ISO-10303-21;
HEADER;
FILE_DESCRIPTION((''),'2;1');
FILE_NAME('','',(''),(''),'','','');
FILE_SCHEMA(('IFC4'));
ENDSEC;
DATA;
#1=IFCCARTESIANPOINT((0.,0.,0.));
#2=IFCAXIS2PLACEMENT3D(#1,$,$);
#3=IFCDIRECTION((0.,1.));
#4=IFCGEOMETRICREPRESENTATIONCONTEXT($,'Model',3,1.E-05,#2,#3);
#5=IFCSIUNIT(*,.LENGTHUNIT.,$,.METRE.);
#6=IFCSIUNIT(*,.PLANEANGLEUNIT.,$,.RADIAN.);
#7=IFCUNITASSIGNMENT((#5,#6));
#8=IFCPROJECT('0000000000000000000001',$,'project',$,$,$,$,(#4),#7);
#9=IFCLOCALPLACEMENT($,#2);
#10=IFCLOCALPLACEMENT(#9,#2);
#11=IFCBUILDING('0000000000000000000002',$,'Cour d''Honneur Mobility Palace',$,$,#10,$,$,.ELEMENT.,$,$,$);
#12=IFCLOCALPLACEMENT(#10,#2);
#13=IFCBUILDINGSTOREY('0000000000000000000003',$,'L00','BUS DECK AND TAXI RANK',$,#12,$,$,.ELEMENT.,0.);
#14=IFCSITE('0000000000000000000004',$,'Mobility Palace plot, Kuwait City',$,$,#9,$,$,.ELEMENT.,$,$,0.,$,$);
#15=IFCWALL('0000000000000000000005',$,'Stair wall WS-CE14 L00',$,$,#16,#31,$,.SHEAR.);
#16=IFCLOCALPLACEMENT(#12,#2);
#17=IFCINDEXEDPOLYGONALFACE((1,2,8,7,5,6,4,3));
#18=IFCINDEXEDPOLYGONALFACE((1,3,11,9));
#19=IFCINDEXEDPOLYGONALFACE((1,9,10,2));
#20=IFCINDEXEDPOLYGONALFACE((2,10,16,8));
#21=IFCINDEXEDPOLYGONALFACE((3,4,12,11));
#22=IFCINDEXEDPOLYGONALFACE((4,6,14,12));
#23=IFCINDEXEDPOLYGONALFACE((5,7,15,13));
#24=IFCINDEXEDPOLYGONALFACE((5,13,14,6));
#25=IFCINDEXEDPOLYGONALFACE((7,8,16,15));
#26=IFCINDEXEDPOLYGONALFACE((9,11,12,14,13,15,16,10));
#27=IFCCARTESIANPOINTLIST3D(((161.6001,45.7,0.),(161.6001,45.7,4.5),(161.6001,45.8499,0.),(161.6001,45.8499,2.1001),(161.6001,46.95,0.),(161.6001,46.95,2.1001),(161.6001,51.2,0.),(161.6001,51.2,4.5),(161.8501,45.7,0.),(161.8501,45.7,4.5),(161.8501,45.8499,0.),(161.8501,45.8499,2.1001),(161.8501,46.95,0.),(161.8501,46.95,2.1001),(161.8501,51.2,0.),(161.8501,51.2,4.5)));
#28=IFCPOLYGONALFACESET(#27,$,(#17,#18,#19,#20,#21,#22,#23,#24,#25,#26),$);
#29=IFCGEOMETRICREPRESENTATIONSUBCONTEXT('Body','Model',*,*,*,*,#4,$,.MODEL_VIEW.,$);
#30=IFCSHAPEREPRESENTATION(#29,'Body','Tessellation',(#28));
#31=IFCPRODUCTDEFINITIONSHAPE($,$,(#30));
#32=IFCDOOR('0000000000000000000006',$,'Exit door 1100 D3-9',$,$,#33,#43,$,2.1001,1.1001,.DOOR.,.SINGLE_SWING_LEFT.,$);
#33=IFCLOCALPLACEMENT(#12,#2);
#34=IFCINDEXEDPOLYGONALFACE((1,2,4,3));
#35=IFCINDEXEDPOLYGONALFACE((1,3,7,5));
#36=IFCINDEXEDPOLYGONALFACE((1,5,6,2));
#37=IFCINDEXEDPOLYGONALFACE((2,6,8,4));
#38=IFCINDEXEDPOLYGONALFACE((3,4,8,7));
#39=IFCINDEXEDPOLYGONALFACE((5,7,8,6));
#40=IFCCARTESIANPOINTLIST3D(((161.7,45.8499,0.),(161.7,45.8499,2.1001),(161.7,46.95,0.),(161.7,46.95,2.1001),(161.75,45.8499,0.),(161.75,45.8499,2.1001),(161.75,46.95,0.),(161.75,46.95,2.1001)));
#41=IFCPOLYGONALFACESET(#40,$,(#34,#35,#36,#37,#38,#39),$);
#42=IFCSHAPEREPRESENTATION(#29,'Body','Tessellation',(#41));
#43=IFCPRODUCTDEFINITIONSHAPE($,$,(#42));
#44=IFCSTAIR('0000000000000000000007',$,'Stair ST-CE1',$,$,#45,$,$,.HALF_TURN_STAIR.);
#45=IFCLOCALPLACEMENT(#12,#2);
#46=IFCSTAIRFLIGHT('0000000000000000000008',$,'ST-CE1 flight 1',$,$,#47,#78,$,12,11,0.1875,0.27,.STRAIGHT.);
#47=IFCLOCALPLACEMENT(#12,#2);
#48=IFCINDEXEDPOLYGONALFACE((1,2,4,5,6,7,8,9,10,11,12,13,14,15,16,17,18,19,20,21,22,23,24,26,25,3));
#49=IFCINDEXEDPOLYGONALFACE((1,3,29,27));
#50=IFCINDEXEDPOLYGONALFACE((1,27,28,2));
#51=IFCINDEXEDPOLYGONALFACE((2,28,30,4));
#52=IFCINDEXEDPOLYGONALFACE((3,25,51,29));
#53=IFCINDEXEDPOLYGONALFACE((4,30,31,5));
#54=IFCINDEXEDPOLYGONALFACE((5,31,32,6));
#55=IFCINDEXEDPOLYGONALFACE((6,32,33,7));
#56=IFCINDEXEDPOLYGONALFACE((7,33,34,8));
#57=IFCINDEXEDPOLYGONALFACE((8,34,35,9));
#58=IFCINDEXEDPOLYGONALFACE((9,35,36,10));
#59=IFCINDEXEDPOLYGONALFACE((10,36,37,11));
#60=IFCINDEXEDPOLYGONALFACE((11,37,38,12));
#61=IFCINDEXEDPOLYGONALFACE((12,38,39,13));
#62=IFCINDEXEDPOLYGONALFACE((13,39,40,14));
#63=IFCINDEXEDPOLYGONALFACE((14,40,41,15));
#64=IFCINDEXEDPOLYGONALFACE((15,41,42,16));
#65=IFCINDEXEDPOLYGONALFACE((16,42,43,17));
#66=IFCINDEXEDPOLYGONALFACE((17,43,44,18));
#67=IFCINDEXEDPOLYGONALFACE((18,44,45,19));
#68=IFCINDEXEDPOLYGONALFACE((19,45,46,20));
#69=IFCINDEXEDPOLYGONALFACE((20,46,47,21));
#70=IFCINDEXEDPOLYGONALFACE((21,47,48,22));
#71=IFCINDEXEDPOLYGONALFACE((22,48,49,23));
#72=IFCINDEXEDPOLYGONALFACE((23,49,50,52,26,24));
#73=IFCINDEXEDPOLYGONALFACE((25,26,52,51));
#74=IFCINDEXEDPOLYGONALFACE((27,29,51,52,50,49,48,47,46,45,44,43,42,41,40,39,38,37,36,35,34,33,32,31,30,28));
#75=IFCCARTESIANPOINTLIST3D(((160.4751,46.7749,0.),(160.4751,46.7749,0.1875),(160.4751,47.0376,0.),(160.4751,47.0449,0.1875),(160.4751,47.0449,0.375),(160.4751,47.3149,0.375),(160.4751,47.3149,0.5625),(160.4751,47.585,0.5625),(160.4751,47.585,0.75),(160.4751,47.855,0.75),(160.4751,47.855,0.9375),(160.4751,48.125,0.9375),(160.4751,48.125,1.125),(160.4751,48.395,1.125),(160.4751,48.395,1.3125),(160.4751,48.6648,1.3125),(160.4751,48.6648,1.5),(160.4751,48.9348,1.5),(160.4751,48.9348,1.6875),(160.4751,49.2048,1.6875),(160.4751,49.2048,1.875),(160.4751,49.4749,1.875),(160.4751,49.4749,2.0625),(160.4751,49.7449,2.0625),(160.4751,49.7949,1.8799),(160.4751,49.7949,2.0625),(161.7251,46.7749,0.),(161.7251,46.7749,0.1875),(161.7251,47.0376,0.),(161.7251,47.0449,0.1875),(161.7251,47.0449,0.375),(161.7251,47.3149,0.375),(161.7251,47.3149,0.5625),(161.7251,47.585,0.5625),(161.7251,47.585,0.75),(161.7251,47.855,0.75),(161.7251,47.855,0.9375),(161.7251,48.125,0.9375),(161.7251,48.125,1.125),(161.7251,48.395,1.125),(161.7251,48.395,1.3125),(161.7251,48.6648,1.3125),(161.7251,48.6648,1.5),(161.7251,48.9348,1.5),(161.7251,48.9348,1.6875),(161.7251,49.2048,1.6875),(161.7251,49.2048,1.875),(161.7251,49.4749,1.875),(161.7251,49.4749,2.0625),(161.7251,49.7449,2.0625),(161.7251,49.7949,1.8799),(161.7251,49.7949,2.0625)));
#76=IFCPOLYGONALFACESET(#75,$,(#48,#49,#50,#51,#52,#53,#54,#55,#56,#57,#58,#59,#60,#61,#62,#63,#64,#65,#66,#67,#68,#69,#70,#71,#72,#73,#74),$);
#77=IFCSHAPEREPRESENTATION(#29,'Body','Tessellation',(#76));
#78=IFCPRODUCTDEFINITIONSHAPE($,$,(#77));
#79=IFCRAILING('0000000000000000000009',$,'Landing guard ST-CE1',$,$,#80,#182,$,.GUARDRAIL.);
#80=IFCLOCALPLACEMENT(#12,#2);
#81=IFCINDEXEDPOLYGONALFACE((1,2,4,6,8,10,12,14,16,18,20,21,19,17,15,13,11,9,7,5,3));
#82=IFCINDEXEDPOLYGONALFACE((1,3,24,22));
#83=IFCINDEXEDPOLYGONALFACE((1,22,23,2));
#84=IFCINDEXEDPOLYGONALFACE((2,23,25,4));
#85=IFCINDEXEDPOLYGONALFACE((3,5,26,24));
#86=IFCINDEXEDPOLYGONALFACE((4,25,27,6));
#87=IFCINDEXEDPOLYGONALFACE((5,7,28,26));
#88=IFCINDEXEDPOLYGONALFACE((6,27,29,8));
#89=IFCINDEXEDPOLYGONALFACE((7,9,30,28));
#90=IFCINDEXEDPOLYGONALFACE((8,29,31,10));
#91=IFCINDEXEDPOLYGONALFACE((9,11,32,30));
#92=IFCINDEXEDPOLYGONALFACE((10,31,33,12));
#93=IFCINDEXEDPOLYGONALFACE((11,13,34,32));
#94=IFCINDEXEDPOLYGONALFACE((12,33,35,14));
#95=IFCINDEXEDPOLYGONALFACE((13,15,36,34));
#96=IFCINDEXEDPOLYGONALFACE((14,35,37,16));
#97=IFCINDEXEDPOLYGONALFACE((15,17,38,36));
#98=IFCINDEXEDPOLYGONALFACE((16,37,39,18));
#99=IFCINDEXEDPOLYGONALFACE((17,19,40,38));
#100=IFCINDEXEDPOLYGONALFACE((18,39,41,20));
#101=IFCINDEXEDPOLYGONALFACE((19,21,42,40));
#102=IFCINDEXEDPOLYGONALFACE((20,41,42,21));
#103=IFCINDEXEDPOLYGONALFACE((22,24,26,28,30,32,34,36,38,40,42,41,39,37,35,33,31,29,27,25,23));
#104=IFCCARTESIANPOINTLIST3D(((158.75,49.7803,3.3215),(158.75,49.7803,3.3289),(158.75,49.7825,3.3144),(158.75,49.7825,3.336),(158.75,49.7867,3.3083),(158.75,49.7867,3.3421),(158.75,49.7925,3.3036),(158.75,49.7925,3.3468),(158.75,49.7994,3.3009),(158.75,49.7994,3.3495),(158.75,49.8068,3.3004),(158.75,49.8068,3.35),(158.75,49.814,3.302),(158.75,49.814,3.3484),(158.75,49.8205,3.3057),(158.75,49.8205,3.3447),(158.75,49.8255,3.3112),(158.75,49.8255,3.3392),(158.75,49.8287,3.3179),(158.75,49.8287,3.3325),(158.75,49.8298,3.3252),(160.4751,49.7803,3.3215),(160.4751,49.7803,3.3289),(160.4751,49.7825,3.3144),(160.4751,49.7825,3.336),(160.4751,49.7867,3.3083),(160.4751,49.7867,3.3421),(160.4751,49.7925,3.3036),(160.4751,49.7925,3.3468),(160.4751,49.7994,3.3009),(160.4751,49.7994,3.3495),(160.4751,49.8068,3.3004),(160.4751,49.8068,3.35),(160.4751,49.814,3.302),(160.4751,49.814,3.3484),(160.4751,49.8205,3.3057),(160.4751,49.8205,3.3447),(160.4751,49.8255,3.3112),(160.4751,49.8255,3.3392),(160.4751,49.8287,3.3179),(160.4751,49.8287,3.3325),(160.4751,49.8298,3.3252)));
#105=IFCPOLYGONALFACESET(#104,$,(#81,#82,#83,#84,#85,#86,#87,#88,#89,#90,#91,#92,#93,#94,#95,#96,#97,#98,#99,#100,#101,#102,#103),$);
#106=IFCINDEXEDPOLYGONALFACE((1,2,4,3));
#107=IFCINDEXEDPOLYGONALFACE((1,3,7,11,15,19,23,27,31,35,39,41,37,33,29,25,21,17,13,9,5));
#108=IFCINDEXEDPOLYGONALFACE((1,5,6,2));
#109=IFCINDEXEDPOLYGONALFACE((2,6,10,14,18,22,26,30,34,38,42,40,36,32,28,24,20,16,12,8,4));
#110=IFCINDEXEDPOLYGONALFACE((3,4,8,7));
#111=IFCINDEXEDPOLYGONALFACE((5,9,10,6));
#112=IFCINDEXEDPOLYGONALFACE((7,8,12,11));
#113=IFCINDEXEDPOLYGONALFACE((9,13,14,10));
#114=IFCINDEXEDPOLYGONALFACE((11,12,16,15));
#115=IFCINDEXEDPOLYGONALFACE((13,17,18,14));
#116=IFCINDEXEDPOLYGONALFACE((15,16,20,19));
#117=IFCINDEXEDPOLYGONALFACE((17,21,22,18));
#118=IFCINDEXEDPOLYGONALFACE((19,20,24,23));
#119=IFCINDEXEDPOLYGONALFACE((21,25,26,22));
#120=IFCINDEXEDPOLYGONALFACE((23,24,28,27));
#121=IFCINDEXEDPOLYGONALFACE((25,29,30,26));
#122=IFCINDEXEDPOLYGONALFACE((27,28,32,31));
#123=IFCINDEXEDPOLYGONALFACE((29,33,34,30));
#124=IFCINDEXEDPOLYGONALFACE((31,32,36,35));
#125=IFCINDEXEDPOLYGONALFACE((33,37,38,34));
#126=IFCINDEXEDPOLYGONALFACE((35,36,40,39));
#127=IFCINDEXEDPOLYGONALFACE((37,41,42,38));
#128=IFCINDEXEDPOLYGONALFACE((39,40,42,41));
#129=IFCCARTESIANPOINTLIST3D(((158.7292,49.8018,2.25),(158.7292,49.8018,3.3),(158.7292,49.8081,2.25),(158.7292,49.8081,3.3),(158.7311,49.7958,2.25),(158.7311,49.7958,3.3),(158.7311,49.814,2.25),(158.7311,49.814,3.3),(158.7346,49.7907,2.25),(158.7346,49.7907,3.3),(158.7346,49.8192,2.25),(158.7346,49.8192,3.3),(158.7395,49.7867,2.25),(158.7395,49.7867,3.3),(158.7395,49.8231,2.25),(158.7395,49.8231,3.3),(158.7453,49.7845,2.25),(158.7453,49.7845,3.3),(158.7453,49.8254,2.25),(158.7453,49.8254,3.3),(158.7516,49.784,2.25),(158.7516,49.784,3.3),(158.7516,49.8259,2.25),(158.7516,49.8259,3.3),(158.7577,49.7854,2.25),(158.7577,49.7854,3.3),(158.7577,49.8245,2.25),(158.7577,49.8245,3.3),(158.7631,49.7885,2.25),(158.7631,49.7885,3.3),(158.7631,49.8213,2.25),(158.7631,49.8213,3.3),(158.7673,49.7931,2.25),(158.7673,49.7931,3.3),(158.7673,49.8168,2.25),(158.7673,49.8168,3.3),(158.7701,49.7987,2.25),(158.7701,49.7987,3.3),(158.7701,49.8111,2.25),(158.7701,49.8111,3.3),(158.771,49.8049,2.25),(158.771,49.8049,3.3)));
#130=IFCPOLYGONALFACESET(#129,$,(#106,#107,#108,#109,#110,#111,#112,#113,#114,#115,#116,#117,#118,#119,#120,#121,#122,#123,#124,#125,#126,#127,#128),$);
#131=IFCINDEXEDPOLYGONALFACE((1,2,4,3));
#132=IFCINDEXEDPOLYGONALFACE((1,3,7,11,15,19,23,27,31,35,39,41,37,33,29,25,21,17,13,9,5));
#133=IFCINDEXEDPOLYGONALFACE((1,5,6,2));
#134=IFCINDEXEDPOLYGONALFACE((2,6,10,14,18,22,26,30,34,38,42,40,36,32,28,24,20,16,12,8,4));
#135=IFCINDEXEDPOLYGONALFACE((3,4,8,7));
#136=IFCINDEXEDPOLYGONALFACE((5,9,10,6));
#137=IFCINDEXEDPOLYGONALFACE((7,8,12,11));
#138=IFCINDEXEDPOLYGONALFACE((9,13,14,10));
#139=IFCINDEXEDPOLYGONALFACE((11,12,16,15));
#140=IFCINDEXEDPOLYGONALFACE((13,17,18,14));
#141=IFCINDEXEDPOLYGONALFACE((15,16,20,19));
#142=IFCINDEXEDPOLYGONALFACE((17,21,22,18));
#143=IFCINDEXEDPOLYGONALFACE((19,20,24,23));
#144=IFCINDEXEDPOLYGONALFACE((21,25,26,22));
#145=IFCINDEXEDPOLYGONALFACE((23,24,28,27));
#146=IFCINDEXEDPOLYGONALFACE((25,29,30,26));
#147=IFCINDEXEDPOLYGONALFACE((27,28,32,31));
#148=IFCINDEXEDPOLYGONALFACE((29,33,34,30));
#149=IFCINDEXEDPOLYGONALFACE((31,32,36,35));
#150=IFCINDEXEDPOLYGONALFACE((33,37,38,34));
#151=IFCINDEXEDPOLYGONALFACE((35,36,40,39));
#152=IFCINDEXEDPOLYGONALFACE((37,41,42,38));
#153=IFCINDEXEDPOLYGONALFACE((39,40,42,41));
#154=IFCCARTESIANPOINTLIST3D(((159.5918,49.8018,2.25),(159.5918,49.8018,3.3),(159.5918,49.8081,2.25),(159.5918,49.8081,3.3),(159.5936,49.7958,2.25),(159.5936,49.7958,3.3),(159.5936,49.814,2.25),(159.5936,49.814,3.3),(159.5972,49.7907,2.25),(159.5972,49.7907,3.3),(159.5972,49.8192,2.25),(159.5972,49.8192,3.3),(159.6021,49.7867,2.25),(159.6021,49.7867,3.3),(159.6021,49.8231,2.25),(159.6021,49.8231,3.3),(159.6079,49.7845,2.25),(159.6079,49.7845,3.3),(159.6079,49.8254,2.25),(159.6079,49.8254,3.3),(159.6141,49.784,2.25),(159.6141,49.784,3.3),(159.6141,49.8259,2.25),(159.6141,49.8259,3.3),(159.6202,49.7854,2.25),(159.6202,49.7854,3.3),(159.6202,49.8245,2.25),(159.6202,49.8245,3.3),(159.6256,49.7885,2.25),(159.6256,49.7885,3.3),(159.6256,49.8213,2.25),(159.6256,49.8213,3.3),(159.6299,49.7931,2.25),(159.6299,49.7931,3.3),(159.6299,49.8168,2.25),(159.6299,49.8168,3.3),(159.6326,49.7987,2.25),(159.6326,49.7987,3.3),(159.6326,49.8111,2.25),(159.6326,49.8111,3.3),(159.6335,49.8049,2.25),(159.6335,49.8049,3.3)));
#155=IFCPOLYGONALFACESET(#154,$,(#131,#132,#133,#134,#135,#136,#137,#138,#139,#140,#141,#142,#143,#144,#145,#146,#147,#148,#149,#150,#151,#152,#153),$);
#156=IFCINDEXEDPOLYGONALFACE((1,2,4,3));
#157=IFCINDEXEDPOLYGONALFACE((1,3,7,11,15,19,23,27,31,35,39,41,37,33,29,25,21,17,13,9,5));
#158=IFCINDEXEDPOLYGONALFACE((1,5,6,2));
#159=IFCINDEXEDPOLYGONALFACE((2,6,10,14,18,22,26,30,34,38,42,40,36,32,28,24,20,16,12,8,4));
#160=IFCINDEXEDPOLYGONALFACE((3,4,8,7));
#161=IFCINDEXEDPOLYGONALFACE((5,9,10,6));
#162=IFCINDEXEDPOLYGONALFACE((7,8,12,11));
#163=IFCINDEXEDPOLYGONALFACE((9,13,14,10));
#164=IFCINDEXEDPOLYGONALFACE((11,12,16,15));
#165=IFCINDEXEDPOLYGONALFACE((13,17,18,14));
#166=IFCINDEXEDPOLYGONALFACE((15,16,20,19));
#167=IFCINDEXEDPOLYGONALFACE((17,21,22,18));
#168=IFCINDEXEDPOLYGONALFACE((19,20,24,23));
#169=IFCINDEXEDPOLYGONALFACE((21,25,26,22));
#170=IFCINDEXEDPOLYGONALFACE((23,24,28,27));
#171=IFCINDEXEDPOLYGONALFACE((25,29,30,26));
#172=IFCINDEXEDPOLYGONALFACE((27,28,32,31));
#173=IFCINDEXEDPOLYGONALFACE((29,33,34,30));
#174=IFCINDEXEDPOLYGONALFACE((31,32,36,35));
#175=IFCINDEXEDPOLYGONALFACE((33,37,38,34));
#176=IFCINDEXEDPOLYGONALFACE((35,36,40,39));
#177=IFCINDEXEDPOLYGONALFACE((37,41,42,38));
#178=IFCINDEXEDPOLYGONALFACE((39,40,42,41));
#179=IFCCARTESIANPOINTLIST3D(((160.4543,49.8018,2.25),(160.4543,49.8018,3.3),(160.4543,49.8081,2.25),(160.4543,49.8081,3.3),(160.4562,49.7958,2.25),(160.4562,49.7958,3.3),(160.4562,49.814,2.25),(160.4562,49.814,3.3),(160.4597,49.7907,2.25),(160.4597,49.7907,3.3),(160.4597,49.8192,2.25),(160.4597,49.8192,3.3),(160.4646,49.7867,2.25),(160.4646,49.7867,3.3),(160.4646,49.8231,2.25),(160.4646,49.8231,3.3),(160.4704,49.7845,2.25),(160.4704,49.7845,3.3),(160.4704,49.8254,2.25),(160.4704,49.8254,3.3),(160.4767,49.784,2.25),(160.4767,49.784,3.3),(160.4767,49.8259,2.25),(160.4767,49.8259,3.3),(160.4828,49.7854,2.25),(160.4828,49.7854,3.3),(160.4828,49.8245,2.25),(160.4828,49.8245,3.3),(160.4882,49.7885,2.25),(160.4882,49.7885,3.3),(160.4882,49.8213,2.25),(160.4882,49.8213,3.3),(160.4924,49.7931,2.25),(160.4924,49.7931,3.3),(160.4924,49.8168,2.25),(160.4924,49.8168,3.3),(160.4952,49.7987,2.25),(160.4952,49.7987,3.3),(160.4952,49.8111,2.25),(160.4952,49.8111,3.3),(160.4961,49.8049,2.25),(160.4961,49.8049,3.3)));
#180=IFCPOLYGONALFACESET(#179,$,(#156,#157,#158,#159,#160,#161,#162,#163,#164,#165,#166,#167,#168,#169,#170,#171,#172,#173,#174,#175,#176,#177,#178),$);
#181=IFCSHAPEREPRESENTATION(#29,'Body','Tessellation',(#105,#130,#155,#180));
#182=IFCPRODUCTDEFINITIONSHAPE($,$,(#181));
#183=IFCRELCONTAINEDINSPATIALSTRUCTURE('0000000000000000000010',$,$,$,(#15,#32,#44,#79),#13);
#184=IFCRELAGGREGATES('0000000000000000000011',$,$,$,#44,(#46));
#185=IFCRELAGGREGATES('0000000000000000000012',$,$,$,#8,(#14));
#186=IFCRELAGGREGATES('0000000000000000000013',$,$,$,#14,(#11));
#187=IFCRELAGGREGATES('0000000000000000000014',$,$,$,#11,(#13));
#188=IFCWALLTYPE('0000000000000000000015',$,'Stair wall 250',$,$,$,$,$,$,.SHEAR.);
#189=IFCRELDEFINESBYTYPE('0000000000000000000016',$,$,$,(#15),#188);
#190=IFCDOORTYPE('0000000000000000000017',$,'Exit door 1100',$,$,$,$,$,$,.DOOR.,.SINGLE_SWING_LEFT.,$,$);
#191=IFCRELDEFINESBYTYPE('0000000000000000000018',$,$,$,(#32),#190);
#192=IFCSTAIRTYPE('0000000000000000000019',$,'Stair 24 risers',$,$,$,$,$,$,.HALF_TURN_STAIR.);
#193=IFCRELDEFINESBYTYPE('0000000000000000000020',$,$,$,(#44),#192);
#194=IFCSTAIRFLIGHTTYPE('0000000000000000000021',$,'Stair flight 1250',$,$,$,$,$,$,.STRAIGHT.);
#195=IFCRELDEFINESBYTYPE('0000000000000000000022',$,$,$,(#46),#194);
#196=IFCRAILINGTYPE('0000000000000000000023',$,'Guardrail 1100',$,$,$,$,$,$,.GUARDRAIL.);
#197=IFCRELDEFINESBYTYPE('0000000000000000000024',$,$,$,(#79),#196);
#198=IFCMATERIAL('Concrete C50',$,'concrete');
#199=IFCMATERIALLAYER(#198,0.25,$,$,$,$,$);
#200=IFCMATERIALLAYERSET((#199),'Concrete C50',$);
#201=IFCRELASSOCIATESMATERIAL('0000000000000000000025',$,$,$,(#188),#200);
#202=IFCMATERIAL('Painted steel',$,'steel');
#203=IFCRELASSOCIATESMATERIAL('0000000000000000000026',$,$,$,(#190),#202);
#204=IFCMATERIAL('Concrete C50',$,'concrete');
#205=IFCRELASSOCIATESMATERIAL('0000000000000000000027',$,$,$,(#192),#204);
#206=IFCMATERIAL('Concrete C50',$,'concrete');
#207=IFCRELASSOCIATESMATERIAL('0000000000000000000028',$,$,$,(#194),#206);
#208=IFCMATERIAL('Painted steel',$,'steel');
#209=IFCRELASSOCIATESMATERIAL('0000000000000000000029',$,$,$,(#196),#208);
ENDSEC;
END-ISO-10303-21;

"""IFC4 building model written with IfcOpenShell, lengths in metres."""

from ifc_helpers import new_model, si_unit, direction, frame, frame_2d, origin, origin_2d, place, context, subcontext, project, spatial, polyline, rectangle, circle, outline, extrude, material, layer, layer_set, type_object, element, fill, aggregate, save


model = new_model("IFC4")

# Units and contexts
model_context = context("Model", 3, precision=1e-05, world=origin(), true_north=direction((0.0, 1.0)))
body_context = subcontext(model_context, "Body", "Model", "MODEL_VIEW")
ifc_project = project(units=[si_unit("LENGTHUNIT", "METRE"), si_unit("PLANEANGLEUNIT", "RADIAN")], contexts=[model_context])

# Site, building, storey
site_placement = place(None, origin())
site = spatial("IfcSite", under=ifc_project, at=site_placement, Name="Mobility Palace plot, Kuwait City", CompositionType="ELEMENT", RefElevation=0.0)
building_placement = place(site_placement, origin())
building = spatial("IfcBuilding", under=site, at=building_placement, Name="Cour d'Honneur Mobility Palace", CompositionType="ELEMENT")
storey_placement = place(building_placement, origin())
storey = spatial("IfcBuildingStorey", under=building, at=storey_placement, Name="L00", Description="BUS DECK AND TAXI RANK", CompositionType="ELEMENT", Elevation=0.0)

# Shared definitions
ifc_material_1 = material(Name="Concrete C50", Category="concrete")
ifc_layer_1 = layer(ifc_material_1, 0.25)
ifc_layer_set_1 = layer_set([ifc_layer_1], Name="Concrete C50")
wall_type_1 = type_object("IfcWallType", Name="Stair wall 250", PredefinedType="SHEAR", material=ifc_layer_set_1)

# Wall, opening, door
wall_1_placement = place(storey_placement, frame((161.7251, 45.7, 0.0), z_axis=(0.0, 0.0, 1.0), x_axis=(0.0, 1.0, 0.0)))
wall_1 = element("IfcWall", 1, at=wall_1_placement, inside=storey, type_object=wall_type_1, Name="Stair wall WS-CE14 L00", PredefinedType="SHEAR", context=body_context, shape_type="SweptSolid", body=[
    extrude(rectangle(XDim=5.5, YDim=0.25, at=frame_2d((2.75, 0.0))), origin(), (0.0, 0.0, 1.0), 4.5),
])
opening_1_placement = place(wall_1_placement, frame((0.1499, 0.0, 0.0)))
opening_1 = element("IfcOpeningElement", 2, at=opening_1_placement, cuts=wall_1, PredefinedType="OPENING", context=body_context, shape_type="SweptSolid", body=[
    extrude(rectangle(XDim=1.1001, YDim=2.1001, at=frame_2d((0.55, 1.05))), frame((0.0, 0.135, 0.0), z_axis=(0.0, -1.0, 0.0), x_axis=(1.0, 0.0, 0.0)), (0.0, 0.0, 1.0), 0.27),
])
ifc_material_2 = material(Name="Painted steel", Category="steel")
door_type = type_object("IfcDoorType", Name="Exit door 1100", OperationType="SINGLE_SWING_LEFT", PredefinedType="DOOR", material=ifc_material_2)
door_placement = place(opening_1_placement, frame((1.1001, 0.0, 0.0), z_axis=(0.0, 0.0, 1.0), x_axis=(-1.0, 0.0, 0.0)))
door = element("IfcDoor", 3, at=door_placement, inside=storey, type_object=door_type, Name="Exit door 1100 D3-9", OperationType="SINGLE_SWING_LEFT", OverallHeight=2.1001, OverallWidth=1.1001, PredefinedType="DOOR", context=body_context, shape_type="SweptSolid", body=[
    extrude(rectangle(XDim=1.1001, YDim=2.1001, at=frame_2d((0.55, 1.05))), frame((0.0, 0.0249, 0.0), z_axis=(0.0, -1.0, 0.0), x_axis=(1.0, 0.0, 0.0)), (0.0, 0.0, 1.0), 0.05),
])
fill(opening_1, door)

# Stair, stair flight
ifc_material_3 = material(Name="Concrete C50", Category="concrete")
stair_type = type_object("IfcStairType", Name="Stair 24 risers", PredefinedType="HALF_TURN_STAIR", material=ifc_material_3)
stair_placement = place(storey_placement, origin())
stair = element("IfcStair", 4, at=stair_placement, inside=storey, type_object=stair_type, Name="Stair ST-CE1", PredefinedType="HALF_TURN_STAIR")
ifc_material_4 = material(Name="Concrete C50", Category="concrete")
stair_flight_type = type_object("IfcStairFlightType", Name="Stair flight 1250", PredefinedType="STRAIGHT", material=ifc_material_4)
stair_flight_placement = place(storey_placement, frame((161.1001, 46.7749, 0.0), z_axis=(0.0, 0.0, 1.0), x_axis=(0.0, 1.0, 0.0)))
stair_flight = element("IfcStairFlight", 5, at=stair_flight_placement, type_object=stair_flight_type, Name="ST-CE1 flight 1", NumberOfRisers=12, NumberOfTreads=11, PredefinedType="STRAIGHT", RiserHeight=0.1875, TreadLength=0.27, context=body_context, shape_type="SweptSolid", body=[
    extrude(outline(polyline([(0.0, 0.0), (0.0, 0.1875), (0.27, 0.1875), (0.27, 0.375), (0.54, 0.375), (0.54, 0.5625), (0.8101, 0.5625), (0.8101, 0.75), (1.0801, 0.75), (1.0801, 0.9375), (1.3501, 0.9375), (1.3501, 1.125), (1.6201, 1.125), (1.6201, 1.3125), (1.8899, 1.3125), (1.8899, 1.5), (2.1599, 1.5), (2.1599, 1.6875), (2.4299, 1.6875), (2.4299, 1.875), (2.7, 1.875), (2.7, 2.0625), (2.97, 2.0625), (3.02, 2.0625), (3.02, 1.8799), (0.2627, 0.0), (0.0, 0.0)])), frame((0.0, 0.625, 0.0), z_axis=(0.0, -1.0, 0.0), x_axis=(1.0, 0.0, 0.0)), (0.0, 0.0, 1.0), 1.25),
])
aggregate(stair, [stair_flight])

# Railing
ifc_material_5 = material(Name="Painted steel", Category="steel")
railing_type_1 = type_object("IfcRailingType", Name="Guardrail 1100", PredefinedType="GUARDRAIL", material=ifc_material_5)
railing_1_placement = place(storey_placement, frame((158.75, 49.8049, 2.25)))
element("IfcRailing", 6, at=railing_1_placement, inside=storey, type_object=railing_type_1, Name="Landing guard ST-CE1", PredefinedType="GUARDRAIL", context=body_context, shape_type="SweptSolid", body=[
    extrude(circle(Radius=0.0249, at=origin_2d()), frame((0.0, 0.0, 1.0752), z_axis=(1.0, 0.0, 0.0), x_axis=(0.0, 1.0, 0.0)), (0.0, 0.0, 1.0), 1.7251),
    extrude(circle(Radius=0.021, at=origin_2d()), origin(), (0.0, 0.0, 1.0), 1.05),
    extrude(circle(Radius=0.021, at=origin_2d()), frame((0.8625, 0.0, 0.0)), (0.0, 0.0, 1.0), 1.05),
    extrude(circle(Radius=0.021, at=origin_2d()), frame((1.7251, 0.0, 0.0)), (0.0, 0.0, 1.0), 1.05),
])

save(model, "model.ifc")
